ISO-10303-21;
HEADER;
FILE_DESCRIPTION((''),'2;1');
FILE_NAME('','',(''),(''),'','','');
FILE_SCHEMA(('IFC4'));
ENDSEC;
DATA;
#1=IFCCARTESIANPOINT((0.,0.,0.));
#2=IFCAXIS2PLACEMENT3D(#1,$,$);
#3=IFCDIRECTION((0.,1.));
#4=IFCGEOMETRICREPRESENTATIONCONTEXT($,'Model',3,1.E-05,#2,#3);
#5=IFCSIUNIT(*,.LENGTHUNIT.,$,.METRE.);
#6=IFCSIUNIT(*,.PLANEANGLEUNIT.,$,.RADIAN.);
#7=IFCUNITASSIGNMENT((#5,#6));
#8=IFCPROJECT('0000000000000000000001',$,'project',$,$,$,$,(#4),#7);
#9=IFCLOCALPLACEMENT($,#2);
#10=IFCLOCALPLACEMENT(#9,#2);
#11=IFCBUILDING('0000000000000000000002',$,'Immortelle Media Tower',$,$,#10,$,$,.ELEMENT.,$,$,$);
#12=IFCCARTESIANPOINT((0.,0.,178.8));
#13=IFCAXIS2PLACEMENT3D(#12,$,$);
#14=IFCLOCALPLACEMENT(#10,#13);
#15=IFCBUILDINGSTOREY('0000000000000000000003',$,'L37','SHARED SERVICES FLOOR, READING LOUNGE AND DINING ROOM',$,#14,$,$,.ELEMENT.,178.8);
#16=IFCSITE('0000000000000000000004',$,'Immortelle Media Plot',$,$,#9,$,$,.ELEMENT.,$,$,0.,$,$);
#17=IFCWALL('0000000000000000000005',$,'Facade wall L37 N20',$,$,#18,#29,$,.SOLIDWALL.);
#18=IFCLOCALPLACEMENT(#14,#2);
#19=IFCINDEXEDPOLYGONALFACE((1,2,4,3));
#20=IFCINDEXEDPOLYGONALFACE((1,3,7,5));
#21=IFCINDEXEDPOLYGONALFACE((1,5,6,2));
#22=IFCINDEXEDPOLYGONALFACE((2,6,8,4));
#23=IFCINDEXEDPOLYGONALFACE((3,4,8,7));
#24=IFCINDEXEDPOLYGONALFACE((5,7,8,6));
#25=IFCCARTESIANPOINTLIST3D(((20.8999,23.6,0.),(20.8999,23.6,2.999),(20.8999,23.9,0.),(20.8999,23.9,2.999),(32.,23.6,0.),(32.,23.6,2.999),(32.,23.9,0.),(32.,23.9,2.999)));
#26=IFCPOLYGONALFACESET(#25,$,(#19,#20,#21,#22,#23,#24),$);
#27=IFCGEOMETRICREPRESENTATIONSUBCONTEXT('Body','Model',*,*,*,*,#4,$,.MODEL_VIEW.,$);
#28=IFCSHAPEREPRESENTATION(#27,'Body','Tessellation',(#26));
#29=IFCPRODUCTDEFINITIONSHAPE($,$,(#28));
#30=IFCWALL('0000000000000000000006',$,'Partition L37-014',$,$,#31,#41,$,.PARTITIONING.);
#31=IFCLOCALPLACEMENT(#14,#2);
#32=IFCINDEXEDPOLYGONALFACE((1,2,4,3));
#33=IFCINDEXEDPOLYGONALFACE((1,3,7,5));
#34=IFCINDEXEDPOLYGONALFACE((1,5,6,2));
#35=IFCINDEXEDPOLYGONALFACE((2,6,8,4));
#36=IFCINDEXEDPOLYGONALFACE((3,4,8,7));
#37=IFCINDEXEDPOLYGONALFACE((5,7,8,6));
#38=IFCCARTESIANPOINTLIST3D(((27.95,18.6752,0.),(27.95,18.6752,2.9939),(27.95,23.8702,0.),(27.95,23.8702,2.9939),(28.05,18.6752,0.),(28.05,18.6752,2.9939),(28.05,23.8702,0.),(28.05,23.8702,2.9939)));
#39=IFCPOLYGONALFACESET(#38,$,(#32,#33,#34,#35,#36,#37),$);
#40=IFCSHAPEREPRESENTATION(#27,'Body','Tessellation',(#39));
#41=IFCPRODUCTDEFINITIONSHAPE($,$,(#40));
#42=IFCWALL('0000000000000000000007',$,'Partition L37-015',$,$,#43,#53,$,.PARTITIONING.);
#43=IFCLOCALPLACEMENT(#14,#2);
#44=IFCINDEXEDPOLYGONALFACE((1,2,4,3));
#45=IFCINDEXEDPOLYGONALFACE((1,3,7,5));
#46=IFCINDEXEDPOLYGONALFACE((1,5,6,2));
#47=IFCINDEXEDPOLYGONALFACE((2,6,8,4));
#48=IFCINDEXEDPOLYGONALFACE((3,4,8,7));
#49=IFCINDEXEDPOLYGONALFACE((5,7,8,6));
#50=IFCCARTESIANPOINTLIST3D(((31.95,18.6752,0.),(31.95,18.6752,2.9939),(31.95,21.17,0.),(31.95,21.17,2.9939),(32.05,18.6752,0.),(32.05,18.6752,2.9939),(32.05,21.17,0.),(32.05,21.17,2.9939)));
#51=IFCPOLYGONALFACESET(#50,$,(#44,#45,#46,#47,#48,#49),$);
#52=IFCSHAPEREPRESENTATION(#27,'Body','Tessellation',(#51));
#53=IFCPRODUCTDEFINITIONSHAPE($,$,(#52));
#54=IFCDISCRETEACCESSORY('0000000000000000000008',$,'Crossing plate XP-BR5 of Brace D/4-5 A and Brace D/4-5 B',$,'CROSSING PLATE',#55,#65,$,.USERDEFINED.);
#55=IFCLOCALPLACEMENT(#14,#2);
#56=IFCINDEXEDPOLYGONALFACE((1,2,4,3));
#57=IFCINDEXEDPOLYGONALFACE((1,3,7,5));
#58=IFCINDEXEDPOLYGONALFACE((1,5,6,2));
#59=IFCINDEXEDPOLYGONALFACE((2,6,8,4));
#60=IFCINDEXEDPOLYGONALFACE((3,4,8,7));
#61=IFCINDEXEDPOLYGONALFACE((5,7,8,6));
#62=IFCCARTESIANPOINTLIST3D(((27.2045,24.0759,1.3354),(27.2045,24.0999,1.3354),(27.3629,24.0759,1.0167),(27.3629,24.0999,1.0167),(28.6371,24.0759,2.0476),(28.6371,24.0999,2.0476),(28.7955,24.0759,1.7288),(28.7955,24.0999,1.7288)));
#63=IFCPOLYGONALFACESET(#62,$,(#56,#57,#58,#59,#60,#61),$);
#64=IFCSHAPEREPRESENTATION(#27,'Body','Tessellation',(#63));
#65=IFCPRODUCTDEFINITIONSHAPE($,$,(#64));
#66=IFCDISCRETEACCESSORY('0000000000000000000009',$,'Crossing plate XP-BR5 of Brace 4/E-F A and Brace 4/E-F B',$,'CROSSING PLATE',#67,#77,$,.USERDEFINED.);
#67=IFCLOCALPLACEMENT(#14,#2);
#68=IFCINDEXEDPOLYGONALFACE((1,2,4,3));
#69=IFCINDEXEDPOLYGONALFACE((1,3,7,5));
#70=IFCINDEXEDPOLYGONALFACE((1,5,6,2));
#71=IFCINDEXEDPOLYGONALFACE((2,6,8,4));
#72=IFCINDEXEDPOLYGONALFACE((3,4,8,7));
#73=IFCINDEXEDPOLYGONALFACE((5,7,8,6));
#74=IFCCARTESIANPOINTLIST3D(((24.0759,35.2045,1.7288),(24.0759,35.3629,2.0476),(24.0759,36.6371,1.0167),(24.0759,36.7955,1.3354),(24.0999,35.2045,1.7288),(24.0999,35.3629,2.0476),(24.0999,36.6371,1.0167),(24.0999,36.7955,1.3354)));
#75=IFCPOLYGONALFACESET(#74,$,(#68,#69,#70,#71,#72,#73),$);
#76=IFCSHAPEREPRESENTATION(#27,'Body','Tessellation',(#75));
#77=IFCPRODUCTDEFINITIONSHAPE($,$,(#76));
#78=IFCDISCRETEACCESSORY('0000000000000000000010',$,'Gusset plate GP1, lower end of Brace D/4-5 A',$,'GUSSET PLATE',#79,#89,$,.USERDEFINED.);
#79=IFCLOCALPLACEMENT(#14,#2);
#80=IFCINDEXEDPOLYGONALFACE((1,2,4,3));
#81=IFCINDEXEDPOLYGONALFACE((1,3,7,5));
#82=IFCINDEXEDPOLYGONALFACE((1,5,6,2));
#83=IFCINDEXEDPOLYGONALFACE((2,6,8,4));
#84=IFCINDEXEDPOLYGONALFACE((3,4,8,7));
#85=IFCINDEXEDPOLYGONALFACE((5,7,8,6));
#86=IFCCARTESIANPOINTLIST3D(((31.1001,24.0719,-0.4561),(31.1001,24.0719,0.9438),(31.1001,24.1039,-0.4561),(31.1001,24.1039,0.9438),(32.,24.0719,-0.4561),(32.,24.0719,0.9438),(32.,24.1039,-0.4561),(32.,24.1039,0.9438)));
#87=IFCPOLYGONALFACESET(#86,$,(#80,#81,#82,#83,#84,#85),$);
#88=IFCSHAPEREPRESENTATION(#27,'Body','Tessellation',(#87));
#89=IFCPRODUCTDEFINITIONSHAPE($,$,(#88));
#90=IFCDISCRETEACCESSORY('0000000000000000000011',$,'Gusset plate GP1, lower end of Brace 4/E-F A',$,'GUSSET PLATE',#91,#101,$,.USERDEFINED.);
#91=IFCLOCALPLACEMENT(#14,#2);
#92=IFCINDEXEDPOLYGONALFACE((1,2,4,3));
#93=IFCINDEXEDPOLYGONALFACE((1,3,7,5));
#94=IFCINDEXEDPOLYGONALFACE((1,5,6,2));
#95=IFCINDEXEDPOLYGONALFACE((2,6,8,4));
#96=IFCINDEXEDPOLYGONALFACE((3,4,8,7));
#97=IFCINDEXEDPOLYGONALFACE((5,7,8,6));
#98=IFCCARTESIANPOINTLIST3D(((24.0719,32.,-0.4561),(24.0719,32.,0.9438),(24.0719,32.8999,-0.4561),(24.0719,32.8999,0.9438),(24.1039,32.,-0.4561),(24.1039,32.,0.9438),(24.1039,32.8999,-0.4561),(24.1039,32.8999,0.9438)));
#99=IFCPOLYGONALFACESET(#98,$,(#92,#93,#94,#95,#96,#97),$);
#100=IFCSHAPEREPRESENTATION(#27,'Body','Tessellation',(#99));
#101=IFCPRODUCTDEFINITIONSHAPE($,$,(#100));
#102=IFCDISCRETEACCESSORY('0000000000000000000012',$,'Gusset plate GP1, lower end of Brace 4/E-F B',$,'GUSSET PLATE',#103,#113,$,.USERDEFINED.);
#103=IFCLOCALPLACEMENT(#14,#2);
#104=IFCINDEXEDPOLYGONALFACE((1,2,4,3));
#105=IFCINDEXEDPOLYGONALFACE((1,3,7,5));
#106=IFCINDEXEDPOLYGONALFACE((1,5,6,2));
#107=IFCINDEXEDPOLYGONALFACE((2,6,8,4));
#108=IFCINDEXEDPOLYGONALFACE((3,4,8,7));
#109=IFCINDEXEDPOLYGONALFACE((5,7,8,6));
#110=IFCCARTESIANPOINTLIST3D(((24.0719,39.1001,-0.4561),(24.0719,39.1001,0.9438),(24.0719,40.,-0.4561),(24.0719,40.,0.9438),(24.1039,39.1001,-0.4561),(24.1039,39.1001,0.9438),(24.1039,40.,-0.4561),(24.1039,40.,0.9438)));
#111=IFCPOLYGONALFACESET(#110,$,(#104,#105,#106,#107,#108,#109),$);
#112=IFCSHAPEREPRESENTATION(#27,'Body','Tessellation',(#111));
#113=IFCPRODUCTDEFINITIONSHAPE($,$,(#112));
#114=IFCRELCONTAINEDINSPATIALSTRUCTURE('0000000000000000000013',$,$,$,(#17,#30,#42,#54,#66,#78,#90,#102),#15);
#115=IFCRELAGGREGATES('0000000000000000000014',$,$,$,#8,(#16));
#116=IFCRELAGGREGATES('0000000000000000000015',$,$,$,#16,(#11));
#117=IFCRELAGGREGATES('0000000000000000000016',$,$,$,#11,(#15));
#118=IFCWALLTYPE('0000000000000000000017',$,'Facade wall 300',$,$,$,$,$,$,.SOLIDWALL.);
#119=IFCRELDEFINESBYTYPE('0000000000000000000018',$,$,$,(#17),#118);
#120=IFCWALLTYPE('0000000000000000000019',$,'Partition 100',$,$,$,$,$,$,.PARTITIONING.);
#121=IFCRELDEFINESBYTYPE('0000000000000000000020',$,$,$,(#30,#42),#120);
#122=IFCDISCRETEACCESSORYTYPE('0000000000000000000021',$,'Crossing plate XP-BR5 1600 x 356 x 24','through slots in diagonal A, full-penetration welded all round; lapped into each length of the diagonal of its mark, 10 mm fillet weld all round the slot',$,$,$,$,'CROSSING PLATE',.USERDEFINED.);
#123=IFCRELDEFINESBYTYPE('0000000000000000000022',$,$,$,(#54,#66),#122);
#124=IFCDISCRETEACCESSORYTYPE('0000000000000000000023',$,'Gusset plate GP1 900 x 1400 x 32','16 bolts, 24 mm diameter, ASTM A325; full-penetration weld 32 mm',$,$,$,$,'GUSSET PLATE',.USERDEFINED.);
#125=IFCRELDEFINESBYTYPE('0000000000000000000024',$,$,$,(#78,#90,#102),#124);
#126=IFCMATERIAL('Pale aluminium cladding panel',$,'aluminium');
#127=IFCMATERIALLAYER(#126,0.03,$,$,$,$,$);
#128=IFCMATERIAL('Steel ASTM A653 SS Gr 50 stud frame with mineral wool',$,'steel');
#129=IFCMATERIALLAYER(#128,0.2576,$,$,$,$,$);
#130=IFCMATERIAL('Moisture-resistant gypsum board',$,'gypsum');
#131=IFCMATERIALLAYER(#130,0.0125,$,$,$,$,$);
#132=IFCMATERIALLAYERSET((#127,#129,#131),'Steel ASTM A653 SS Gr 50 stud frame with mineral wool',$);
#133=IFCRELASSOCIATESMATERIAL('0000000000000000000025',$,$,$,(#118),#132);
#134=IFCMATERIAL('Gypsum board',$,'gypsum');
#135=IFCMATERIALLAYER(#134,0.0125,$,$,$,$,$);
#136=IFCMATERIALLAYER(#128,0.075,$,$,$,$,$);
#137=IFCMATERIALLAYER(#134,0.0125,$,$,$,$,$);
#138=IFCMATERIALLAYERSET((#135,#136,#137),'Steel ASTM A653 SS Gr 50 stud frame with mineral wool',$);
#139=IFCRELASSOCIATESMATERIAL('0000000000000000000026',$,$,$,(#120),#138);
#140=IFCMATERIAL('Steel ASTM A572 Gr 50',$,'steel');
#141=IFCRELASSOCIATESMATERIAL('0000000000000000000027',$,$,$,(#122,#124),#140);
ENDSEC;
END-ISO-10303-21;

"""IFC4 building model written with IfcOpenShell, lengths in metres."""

from ifc_helpers import new_model, si_unit, direction, frame, frame_2d, origin, origin_2d, place, context, subcontext, project, spatial, rectangle, extrude, material, layer, layer_set, material_profile, profile_set, type_object, element, save


model = new_model("IFC4")

# Units and contexts
model_context = context("Model", 3, precision=1e-05, world=origin(), true_north=direction((0.0, 1.0)))
body_context = subcontext(model_context, "Body", "Model", "MODEL_VIEW")
ifc_project = project(units=[si_unit("LENGTHUNIT", "METRE"), si_unit("PLANEANGLEUNIT", "RADIAN")], contexts=[model_context])

# Site, building, storey
site_placement = place(None, origin())
site = spatial("IfcSite", under=ifc_project, at=site_placement, Name="Immortelle Media Plot", CompositionType="ELEMENT", RefElevation=0.0)
building_placement = place(site_placement, origin())
building = spatial("IfcBuilding", under=site, at=building_placement, Name="Immortelle Media Tower", CompositionType="ELEMENT")
storey_placement = place(building_placement, frame((0.0, 0.0, 178.8)))
storey = spatial("IfcBuildingStorey", under=building, at=storey_placement, Name="L37", Description="SHARED SERVICES FLOOR, READING LOUNGE AND DINING ROOM", CompositionType="ELEMENT", Elevation=178.8)

# Shared definitions
ifc_material_1 = material(Name="Steel ASTM A653 SS Gr 50 stud frame with mineral wool", Category="steel")

# Walls
ifc_material_2 = material(Name="Pale aluminium cladding panel", Category="aluminium")
ifc_layer_1 = layer(ifc_material_2, 0.03)
ifc_layer_2 = layer(ifc_material_1, 0.2576)
ifc_material_3 = material(Name="Moisture-resistant gypsum board", Category="gypsum")
ifc_layer_3 = layer(ifc_material_3, 0.0125)
ifc_layer_set_1 = layer_set([ifc_layer_1, ifc_layer_2, ifc_layer_3], Name="Steel ASTM A653 SS Gr 50 stud frame with mineral wool")
wall_type_1 = type_object("IfcWallType", Name="Facade wall 300", PredefinedType="SOLIDWALL", material=ifc_layer_set_1)
wall_1_placement = place(storey_placement, frame((32.0, 23.75, 0.0), z_axis=(0.0, 0.0, 1.0), x_axis=(-1.0, 0.0, 0.0)))
element("IfcWall", 1, at=wall_1_placement, inside=storey, type_object=wall_type_1, Name="Facade wall L37 N20", PredefinedType="SOLIDWALL", context=body_context, shape_type="SweptSolid", body=[
    extrude(rectangle(XDim=11.1001, YDim=0.3, at=frame_2d((5.55, 0.0))), origin(), (0.0, 0.0, 1.0), 2.999),
])
ifc_material_4 = material(Name="Gypsum board", Category="gypsum")
ifc_layer_4 = layer(ifc_material_4, 0.0125)
ifc_layer_5 = layer(ifc_material_1, 0.075)
ifc_layer_6 = layer(ifc_material_4, 0.0125)
ifc_layer_set_2 = layer_set([ifc_layer_4, ifc_layer_5, ifc_layer_6], Name="Steel ASTM A653 SS Gr 50 stud frame with mineral wool")
wall_type_2 = type_object("IfcWallType", Name="Partition 100", PredefinedType="PARTITIONING", material=ifc_layer_set_2)
wall_2_placement = place(storey_placement, frame((28.0, 18.675, 0.0), z_axis=(0.0, 0.0, 1.0), x_axis=(0.0, 1.0, 0.0)))
element("IfcWall", 2, at=wall_2_placement, inside=storey, type_object=wall_type_2, Name="Partition L37-014", PredefinedType="PARTITIONING", context=body_context, shape_type="SweptSolid", body=[
    extrude(rectangle(XDim=5.1951, YDim=0.1001, at=frame_2d((2.5977, 0.0))), origin(), (0.0, 0.0, 1.0), 2.9939),
])
wall_3_placement = place(storey_placement, frame((32.0, 18.675, 0.0), z_axis=(0.0, 0.0, 1.0), x_axis=(0.0, 1.0, 0.0)))
element("IfcWall", 3, at=wall_3_placement, inside=storey, type_object=wall_type_2, Name="Partition L37-015", PredefinedType="PARTITIONING", context=body_context, shape_type="SweptSolid", body=[
    extrude(rectangle(XDim=2.4949, YDim=0.1001, at=frame_2d((1.2476, 0.0))), origin(), (0.0, 0.0, 1.0), 2.9939),
])

# Discrete accessories
ifc_material_5 = material(Name="Steel ASTM A572 Gr 50", Category="steel")
ifc_material_profile_1 = material_profile(ifc_material_5, rectangle(XDim=0.0239, YDim=0.356, at=origin_2d()), Name="PL 24 x 356")
ifc_profile_set_1 = profile_set([ifc_material_profile_1], Name="Steel ASTM A572 Gr 50")
discrete_accessory_type_1 = type_object("IfcDiscreteAccessoryType", Name="Crossing plate XP-BR5 1600 x 356 x 24", Description="through slots in diagonal A, full-penetration welded all round; lapped into each length of the diagonal of its mark, 10 mm fillet weld all round the slot", ElementType="CROSSING PLATE", PredefinedType="USERDEFINED", material=ifc_profile_set_1)
for number, where, z_axis, x_axis, name in (
    (4, (28.7163, 24.0879, 1.8882), (-0.895462, 0.0, -0.445137), (0.0, -1.0, 0.0), "Crossing plate XP-BR5 of Brace D/4-5 A and Brace D/4-5 B"),
    (5, (24.0879, 35.2837, 1.8882), (0.0, 0.895462, -0.445137), (-1.0, 0.0, 0.0), "Crossing plate XP-BR5 of Brace 4/E-F A and Brace 4/E-F B"),
):
    element("IfcDiscreteAccessory", number, at=place(storey_placement, frame(where, z_axis=z_axis, x_axis=x_axis)), inside=storey, type_object=discrete_accessory_type_1, Name=name, ObjectType="CROSSING PLATE", PredefinedType="USERDEFINED", context=body_context, shape_type="SweptSolid", body=[
        extrude(rectangle(XDim=0.0239, YDim=0.356, at=origin_2d()), origin(), (0.0, 0.0, 1.0), 1.5999),
    ])
ifc_material_profile_2 = material_profile(ifc_material_5, rectangle(XDim=0.032, YDim=1.3999, at=origin_2d()), Name="PL 32 x 1400")
ifc_profile_set_2 = profile_set([ifc_material_profile_2], Name="Steel ASTM A572 Gr 50")
discrete_accessory_type_2 = type_object("IfcDiscreteAccessoryType", Name="Gusset plate GP1 900 x 1400 x 32", Description="16 bolts, 24 mm diameter, ASTM A325; full-penetration weld 32 mm", ElementType="GUSSET PLATE", PredefinedType="USERDEFINED", material=ifc_profile_set_2)
for number, where, z_axis, x_axis, name in (
    (6, (32.0, 24.0879, 0.2439), (-1.0, 0.0, 0.0), (0.0, -1.0, 0.0), "Gusset plate GP1, lower end of Brace D/4-5 A"),
    (7, (24.0879, 32.0, 0.2439), (0.0, 1.0, 0.0), (-1.0, 0.0, 0.0), "Gusset plate GP1, lower end of Brace 4/E-F A"),
    (8, (24.0879, 40.0, 0.2439), (0.0, -1.0, 0.0), (1.0, 0.0, 0.0), "Gusset plate GP1, lower end of Brace 4/E-F B"),
):
    element("IfcDiscreteAccessory", number, at=place(storey_placement, frame(where, z_axis=z_axis, x_axis=x_axis)), inside=storey, type_object=discrete_accessory_type_2, Name=name, ObjectType="GUSSET PLATE", PredefinedType="USERDEFINED", context=body_context, shape_type="SweptSolid", body=[
        extrude(rectangle(XDim=0.032, YDim=1.3999, at=origin_2d()), origin(), (0.0, 0.0, 1.0), 0.8999),
    ])

save(model, "model.ifc")
